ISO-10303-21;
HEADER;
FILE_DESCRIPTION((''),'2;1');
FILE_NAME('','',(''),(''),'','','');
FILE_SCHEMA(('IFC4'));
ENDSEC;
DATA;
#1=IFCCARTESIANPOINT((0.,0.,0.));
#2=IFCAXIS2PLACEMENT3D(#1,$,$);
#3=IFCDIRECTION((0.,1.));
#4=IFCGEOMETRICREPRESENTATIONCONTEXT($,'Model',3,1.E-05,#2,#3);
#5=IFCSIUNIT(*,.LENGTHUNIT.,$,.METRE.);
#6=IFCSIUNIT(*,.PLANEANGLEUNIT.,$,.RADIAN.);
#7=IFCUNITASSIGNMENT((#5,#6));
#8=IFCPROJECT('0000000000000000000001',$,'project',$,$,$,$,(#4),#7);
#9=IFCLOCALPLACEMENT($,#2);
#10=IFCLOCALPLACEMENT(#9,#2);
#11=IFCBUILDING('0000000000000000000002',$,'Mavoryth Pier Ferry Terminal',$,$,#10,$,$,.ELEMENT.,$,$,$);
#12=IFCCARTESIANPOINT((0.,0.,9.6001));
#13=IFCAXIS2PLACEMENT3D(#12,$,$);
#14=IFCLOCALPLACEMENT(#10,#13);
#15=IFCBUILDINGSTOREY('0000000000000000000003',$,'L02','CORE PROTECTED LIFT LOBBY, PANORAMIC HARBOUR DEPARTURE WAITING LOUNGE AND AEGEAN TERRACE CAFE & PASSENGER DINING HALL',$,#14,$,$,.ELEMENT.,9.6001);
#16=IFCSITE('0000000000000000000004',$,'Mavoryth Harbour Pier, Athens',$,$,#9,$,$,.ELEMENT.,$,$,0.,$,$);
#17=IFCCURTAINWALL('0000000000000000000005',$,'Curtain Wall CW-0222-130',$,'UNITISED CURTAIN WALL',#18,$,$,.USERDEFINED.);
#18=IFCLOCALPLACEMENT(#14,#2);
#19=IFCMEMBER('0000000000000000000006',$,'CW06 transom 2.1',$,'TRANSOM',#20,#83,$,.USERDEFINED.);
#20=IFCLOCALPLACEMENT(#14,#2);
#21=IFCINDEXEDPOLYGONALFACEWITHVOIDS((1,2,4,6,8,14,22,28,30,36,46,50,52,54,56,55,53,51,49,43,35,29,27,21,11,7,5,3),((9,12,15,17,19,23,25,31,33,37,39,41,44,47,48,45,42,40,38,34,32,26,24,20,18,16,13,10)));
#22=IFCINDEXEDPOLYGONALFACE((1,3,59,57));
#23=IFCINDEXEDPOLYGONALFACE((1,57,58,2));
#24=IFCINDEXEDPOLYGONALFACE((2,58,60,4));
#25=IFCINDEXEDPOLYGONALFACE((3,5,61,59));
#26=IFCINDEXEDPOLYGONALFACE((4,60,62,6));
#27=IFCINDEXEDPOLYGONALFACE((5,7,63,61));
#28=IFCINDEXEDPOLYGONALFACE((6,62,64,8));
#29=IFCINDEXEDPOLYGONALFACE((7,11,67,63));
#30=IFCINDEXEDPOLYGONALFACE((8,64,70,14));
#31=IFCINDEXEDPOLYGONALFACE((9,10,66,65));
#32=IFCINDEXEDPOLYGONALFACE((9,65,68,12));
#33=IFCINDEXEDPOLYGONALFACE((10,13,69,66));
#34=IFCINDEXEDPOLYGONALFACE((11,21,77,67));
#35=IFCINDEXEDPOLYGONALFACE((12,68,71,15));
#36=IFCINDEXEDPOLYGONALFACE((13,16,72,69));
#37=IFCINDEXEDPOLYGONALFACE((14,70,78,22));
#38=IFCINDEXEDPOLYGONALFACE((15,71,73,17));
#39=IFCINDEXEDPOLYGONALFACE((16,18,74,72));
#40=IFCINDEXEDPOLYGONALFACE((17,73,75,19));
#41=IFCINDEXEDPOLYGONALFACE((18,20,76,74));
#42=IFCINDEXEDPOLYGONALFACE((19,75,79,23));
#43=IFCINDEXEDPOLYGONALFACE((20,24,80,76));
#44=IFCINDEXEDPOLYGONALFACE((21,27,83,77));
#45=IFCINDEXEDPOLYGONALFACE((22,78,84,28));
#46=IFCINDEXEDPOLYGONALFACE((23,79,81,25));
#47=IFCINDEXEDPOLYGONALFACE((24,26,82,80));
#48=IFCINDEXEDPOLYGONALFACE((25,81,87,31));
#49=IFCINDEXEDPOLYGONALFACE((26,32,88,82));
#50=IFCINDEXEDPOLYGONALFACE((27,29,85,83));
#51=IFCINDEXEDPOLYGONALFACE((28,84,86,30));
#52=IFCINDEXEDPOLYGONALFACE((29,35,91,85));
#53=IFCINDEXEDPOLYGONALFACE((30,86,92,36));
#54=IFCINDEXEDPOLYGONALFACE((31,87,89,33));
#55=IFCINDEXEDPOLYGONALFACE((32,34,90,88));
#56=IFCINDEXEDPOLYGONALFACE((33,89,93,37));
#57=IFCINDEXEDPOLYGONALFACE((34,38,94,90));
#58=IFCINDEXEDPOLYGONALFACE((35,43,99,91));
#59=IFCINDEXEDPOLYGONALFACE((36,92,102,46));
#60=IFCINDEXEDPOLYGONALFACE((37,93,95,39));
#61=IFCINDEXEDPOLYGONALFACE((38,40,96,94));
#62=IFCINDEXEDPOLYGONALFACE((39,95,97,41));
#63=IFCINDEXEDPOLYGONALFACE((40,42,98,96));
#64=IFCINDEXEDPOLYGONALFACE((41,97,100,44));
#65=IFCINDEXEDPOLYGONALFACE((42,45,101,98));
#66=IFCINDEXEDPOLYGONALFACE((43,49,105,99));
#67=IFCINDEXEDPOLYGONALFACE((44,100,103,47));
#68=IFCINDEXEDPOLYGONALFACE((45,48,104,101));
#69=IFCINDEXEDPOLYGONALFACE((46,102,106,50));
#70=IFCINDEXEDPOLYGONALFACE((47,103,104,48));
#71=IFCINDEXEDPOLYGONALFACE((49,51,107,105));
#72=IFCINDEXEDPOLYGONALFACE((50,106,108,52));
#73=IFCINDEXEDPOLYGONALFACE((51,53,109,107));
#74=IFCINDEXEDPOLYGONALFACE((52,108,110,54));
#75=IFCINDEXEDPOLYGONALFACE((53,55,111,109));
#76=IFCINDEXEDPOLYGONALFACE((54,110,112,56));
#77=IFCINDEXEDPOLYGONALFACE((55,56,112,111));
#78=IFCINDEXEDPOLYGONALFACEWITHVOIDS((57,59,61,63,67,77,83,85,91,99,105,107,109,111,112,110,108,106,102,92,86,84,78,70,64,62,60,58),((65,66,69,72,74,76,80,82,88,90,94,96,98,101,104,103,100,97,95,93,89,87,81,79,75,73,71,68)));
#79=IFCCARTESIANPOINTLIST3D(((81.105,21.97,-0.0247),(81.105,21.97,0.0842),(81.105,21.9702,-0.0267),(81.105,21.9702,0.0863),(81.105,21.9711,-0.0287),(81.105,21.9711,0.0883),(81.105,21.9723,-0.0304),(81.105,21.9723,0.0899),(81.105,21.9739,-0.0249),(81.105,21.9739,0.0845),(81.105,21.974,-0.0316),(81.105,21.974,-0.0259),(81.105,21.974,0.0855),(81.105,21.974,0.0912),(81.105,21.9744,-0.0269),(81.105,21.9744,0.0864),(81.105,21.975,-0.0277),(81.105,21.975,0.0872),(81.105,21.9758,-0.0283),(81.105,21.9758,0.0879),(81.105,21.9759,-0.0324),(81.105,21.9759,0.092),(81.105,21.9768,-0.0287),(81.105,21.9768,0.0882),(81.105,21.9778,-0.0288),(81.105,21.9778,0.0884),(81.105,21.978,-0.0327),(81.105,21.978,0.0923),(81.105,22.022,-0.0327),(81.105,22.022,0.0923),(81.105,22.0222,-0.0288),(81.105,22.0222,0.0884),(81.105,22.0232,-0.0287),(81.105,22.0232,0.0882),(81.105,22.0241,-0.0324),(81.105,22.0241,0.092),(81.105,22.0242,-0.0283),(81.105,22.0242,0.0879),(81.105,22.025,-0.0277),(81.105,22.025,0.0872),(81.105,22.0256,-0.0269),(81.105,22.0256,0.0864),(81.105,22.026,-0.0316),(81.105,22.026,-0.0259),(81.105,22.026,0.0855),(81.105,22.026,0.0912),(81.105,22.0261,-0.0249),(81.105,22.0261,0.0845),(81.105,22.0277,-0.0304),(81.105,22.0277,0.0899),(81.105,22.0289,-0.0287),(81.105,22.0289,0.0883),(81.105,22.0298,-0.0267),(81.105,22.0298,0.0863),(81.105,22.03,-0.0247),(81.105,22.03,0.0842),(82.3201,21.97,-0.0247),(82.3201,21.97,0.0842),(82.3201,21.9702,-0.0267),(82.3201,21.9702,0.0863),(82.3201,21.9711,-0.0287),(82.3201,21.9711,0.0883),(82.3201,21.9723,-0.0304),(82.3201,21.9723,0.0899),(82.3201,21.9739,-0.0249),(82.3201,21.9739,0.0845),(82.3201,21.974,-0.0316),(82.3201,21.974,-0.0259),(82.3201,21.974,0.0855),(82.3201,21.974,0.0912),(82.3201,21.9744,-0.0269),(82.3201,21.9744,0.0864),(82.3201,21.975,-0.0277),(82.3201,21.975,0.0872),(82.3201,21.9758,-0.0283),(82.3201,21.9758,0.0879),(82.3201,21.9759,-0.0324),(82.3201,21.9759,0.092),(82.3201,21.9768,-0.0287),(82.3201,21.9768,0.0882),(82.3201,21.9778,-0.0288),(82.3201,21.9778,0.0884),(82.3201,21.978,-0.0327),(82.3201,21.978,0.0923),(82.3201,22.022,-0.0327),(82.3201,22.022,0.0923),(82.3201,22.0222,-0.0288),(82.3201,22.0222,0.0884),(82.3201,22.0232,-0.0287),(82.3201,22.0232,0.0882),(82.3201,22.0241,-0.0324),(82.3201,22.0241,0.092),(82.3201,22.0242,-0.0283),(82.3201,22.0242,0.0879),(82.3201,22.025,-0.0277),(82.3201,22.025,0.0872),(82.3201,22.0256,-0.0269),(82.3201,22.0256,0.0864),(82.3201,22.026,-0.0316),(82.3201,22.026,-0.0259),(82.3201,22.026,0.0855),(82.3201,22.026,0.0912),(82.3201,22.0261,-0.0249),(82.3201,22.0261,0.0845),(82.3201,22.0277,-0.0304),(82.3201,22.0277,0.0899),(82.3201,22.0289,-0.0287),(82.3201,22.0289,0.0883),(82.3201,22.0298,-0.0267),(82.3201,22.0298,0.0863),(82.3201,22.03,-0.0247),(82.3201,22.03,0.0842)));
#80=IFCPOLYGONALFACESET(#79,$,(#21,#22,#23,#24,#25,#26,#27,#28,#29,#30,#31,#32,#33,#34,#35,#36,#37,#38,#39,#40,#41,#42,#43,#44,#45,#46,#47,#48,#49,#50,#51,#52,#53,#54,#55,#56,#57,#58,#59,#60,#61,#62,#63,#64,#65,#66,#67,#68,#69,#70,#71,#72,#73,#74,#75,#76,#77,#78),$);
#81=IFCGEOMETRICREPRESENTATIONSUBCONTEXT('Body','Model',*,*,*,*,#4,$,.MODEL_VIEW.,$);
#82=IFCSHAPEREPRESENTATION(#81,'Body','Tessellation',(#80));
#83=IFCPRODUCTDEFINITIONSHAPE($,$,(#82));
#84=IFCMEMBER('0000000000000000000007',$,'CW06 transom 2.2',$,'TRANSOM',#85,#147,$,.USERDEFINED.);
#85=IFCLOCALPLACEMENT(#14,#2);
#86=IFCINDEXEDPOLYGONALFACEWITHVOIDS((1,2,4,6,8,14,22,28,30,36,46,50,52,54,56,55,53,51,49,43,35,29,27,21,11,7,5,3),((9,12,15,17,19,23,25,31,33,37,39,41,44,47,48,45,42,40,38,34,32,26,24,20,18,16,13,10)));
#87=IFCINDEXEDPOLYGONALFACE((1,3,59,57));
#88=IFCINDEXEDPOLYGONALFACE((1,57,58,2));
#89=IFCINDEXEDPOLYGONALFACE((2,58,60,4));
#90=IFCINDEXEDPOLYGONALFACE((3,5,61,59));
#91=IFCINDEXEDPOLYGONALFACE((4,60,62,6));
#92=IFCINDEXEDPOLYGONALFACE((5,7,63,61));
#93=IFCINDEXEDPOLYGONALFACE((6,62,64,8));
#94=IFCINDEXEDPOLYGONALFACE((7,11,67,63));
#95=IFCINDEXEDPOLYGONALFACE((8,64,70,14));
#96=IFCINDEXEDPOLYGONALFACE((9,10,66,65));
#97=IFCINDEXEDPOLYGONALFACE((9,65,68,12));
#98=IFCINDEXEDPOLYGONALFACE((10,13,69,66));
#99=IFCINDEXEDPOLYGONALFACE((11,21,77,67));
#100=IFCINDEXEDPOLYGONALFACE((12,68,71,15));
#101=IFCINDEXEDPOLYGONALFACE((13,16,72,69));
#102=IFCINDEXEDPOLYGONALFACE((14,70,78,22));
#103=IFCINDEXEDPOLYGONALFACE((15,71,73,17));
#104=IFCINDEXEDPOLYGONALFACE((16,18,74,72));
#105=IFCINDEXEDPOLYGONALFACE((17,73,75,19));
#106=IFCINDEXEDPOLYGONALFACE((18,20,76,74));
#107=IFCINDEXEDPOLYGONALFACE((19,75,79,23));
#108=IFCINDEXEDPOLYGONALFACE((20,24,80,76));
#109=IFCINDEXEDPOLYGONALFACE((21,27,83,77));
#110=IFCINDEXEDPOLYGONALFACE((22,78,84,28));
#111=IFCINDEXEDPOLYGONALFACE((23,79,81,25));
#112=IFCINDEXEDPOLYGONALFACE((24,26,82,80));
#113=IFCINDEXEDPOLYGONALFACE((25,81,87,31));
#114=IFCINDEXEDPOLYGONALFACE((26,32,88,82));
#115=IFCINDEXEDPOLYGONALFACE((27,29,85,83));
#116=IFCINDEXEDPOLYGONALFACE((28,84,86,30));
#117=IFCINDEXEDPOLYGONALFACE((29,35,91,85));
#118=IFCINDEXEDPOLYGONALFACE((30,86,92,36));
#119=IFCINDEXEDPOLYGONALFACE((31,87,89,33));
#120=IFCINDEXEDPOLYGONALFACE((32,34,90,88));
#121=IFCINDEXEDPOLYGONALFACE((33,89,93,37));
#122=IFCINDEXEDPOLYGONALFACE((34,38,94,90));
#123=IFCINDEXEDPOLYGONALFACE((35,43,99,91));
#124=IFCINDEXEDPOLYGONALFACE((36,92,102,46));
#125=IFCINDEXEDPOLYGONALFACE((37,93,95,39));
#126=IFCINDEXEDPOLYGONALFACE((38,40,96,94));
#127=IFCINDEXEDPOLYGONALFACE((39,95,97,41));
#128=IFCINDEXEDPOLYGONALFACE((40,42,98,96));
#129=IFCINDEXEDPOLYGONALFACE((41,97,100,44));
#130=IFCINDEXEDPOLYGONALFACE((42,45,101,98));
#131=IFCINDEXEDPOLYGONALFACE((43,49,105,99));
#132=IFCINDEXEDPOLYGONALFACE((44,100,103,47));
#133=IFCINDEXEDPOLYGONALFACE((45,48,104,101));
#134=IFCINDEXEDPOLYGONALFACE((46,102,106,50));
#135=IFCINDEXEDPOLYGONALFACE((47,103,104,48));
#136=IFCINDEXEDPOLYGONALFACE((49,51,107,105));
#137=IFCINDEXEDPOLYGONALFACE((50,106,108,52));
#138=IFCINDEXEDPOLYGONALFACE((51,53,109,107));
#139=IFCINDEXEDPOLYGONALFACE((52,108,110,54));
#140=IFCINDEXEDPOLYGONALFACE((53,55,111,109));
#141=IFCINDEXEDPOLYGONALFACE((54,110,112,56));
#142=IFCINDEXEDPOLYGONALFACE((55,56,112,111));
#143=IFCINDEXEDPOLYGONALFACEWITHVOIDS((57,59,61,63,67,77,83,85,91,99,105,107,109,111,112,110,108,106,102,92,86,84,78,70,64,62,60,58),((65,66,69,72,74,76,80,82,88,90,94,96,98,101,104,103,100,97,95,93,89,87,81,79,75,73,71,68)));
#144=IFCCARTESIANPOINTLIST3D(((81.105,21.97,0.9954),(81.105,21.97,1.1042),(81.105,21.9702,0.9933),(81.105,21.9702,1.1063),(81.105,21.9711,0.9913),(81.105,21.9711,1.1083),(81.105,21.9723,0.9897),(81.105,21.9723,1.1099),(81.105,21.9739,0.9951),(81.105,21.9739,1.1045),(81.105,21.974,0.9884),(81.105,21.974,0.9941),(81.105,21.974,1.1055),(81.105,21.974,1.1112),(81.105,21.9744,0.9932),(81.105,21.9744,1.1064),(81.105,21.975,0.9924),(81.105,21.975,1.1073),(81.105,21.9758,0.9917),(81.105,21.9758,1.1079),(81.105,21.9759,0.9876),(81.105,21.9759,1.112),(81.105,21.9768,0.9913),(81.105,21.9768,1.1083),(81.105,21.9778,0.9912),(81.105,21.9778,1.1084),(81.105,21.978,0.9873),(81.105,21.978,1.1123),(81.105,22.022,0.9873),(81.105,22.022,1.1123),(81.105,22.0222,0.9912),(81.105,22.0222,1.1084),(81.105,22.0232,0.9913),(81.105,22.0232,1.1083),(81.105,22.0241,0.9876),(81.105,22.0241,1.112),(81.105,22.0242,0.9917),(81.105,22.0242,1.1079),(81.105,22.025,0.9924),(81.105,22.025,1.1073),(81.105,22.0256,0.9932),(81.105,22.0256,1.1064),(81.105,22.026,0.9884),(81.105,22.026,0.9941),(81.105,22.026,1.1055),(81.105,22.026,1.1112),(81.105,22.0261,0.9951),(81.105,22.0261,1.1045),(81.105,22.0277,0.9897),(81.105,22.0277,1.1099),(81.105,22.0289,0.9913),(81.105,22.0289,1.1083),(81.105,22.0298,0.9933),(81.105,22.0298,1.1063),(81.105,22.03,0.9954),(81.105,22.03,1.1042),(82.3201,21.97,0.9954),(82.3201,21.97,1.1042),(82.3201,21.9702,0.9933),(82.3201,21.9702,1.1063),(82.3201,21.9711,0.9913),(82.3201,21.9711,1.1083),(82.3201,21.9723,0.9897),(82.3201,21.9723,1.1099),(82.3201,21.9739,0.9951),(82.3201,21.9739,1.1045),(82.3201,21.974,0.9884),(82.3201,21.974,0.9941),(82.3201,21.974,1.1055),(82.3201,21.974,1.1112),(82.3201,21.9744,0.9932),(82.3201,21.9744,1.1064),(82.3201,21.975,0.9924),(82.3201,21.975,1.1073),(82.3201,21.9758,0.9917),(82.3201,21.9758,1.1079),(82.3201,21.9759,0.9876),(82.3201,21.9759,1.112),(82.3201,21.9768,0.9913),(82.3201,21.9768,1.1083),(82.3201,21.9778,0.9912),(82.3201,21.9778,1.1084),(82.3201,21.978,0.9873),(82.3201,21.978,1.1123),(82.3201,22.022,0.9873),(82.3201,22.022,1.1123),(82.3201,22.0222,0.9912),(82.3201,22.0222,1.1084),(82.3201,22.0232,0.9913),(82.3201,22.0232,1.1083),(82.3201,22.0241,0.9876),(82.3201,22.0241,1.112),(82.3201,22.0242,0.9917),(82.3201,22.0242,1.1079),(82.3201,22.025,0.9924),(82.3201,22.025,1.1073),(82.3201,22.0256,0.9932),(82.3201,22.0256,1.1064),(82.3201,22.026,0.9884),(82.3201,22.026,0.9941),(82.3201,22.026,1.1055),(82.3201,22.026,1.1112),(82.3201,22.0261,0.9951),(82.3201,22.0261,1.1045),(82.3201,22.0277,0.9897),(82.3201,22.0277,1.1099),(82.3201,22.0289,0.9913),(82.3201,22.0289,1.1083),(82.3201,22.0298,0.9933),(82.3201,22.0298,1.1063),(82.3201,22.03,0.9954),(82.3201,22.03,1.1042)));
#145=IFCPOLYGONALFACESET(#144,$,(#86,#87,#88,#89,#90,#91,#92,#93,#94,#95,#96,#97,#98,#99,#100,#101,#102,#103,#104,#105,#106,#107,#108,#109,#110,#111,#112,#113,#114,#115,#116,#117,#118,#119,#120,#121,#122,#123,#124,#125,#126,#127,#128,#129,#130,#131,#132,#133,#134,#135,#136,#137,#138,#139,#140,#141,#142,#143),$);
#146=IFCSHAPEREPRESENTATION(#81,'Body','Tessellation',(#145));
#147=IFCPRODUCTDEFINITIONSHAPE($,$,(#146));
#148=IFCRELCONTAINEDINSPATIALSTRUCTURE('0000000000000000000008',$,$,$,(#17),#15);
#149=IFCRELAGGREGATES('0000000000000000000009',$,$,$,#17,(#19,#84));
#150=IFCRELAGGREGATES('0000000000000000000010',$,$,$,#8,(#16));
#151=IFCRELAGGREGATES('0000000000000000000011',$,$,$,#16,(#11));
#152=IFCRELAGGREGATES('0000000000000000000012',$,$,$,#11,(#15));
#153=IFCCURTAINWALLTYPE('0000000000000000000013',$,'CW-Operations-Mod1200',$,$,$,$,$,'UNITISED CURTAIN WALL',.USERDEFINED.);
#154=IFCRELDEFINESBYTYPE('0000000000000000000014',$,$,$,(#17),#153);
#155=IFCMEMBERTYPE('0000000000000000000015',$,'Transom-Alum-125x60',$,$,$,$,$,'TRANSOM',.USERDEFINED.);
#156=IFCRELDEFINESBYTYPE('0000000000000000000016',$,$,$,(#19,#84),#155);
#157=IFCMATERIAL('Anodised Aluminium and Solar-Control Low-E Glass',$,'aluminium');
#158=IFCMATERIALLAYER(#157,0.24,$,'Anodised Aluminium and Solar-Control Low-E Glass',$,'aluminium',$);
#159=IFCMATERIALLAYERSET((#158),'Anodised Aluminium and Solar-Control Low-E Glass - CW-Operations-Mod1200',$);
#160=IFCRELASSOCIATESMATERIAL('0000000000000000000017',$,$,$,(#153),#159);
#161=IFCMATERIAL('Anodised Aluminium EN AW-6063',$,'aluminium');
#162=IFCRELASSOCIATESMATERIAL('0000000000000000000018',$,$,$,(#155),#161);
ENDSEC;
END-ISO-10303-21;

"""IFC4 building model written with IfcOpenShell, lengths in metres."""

from ifc_helpers import new_model, si_unit, direction, frame, origin, origin_2d, place, context, subcontext, project, spatial, hollow_rectangle, extrude, material, layer, layer_set, material_profile, profile_set, type_object, element, aggregate, save


model = new_model("IFC4")

# Units and contexts
model_context = context("Model", 3, precision=1e-05, world=origin(), true_north=direction((0.0, 1.0)))
body_context = subcontext(model_context, "Body", "Model", "MODEL_VIEW")
ifc_project = project(units=[si_unit("LENGTHUNIT", "METRE"), si_unit("PLANEANGLEUNIT", "RADIAN")], contexts=[model_context])

# Site, building, storey
site_placement = place(None, origin())
site = spatial("IfcSite", under=ifc_project, at=site_placement, Name="Mavoryth Harbour Pier, Athens", CompositionType="ELEMENT", RefElevation=0.0)
building_placement = place(site_placement, origin())
building = spatial("IfcBuilding", under=site, at=building_placement, Name="Mavoryth Pier Ferry Terminal", CompositionType="ELEMENT")
storey_placement = place(building_placement, frame((0.0, 0.0, 9.6001)))
storey = spatial("IfcBuildingStorey", under=building, at=storey_placement, Name="L02", Description="CORE PROTECTED LIFT LOBBY, PANORAMIC HARBOUR DEPARTURE WAITING LOUNGE AND AEGEAN TERRACE CAFE & PASSENGER DINING HALL", CompositionType="ELEMENT", Elevation=9.6001)

# Curtain wall, members
ifc_material_1 = material(Name="Anodised Aluminium and Solar-Control Low-E Glass", Category="aluminium")
ifc_layer_1 = layer(ifc_material_1, 0.24, Name="Anodised Aluminium and Solar-Control Low-E Glass", Category="aluminium")
ifc_layer_set_1 = layer_set([ifc_layer_1], Name="Anodised Aluminium and Solar-Control Low-E Glass - CW-Operations-Mod1200")
curtain_wall_type = type_object("IfcCurtainWallType", Name="CW-Operations-Mod1200", ElementType="UNITISED CURTAIN WALL", PredefinedType="USERDEFINED", material=ifc_layer_set_1)
curtain_wall_placement = place(storey_placement, origin())
curtain_wall = element("IfcCurtainWall", 1, at=curtain_wall_placement, inside=storey, type_object=curtain_wall_type, Name="Curtain Wall CW-0222-130", ObjectType="UNITISED CURTAIN WALL", PredefinedType="USERDEFINED")
ifc_material_2 = material(Name="Anodised Aluminium EN AW-6063", Category="aluminium")
ifc_material_profile_1 = material_profile(ifc_material_2, hollow_rectangle(XDim=0.0601, YDim=0.125, WallThickness=0.0039, InnerFilletRadius=0.0039, OuterFilletRadius=0.0081, at=origin_2d()), Name="AL-TRAN 125x60x4", Category="aluminium")
ifc_profile_set_1 = profile_set([ifc_material_profile_1], Name="Anodised Aluminium EN AW-6063 - AL-TRAN 125x60x4")
member_type_1 = type_object("IfcMemberType", Name="Transom-Alum-125x60", ElementType="TRANSOM", PredefinedType="USERDEFINED", material=ifc_profile_set_1)
member_1_placement = place(storey_placement, frame((82.3201, 22.0, 0.0298), z_axis=(-1.0, 0.0, 0.0), x_axis=(0.0, -1.0, 0.0)))
member_1 = element("IfcMember", 2, at=member_1_placement, type_object=member_type_1, Name="CW06 transom 2.1", ObjectType="TRANSOM", PredefinedType="USERDEFINED", context=body_context, shape_type="SweptSolid", body=[
    extrude(hollow_rectangle(XDim=0.0601, YDim=0.125, WallThickness=0.0039, InnerFilletRadius=0.0039, OuterFilletRadius=0.0081, at=origin_2d()), origin(), (0.0, 0.0, 1.0), 1.2151),
])
member_2_placement = place(storey_placement, frame((82.3201, 22.0, 1.0498), z_axis=(-1.0, 0.0, 0.0), x_axis=(0.0, -1.0, 0.0)))
member_2 = element("IfcMember", 3, at=member_2_placement, type_object=member_type_1, Name="CW06 transom 2.2", ObjectType="TRANSOM", PredefinedType="USERDEFINED", context=body_context, shape_type="SweptSolid", body=[
    extrude(hollow_rectangle(XDim=0.0601, YDim=0.125, WallThickness=0.0039, InnerFilletRadius=0.0039, OuterFilletRadius=0.0081, at=origin_2d()), origin(), (0.0, 0.0, 1.0), 1.2151),
])
aggregate(curtain_wall, [member_1, member_2])

save(model, "model.ifc")
